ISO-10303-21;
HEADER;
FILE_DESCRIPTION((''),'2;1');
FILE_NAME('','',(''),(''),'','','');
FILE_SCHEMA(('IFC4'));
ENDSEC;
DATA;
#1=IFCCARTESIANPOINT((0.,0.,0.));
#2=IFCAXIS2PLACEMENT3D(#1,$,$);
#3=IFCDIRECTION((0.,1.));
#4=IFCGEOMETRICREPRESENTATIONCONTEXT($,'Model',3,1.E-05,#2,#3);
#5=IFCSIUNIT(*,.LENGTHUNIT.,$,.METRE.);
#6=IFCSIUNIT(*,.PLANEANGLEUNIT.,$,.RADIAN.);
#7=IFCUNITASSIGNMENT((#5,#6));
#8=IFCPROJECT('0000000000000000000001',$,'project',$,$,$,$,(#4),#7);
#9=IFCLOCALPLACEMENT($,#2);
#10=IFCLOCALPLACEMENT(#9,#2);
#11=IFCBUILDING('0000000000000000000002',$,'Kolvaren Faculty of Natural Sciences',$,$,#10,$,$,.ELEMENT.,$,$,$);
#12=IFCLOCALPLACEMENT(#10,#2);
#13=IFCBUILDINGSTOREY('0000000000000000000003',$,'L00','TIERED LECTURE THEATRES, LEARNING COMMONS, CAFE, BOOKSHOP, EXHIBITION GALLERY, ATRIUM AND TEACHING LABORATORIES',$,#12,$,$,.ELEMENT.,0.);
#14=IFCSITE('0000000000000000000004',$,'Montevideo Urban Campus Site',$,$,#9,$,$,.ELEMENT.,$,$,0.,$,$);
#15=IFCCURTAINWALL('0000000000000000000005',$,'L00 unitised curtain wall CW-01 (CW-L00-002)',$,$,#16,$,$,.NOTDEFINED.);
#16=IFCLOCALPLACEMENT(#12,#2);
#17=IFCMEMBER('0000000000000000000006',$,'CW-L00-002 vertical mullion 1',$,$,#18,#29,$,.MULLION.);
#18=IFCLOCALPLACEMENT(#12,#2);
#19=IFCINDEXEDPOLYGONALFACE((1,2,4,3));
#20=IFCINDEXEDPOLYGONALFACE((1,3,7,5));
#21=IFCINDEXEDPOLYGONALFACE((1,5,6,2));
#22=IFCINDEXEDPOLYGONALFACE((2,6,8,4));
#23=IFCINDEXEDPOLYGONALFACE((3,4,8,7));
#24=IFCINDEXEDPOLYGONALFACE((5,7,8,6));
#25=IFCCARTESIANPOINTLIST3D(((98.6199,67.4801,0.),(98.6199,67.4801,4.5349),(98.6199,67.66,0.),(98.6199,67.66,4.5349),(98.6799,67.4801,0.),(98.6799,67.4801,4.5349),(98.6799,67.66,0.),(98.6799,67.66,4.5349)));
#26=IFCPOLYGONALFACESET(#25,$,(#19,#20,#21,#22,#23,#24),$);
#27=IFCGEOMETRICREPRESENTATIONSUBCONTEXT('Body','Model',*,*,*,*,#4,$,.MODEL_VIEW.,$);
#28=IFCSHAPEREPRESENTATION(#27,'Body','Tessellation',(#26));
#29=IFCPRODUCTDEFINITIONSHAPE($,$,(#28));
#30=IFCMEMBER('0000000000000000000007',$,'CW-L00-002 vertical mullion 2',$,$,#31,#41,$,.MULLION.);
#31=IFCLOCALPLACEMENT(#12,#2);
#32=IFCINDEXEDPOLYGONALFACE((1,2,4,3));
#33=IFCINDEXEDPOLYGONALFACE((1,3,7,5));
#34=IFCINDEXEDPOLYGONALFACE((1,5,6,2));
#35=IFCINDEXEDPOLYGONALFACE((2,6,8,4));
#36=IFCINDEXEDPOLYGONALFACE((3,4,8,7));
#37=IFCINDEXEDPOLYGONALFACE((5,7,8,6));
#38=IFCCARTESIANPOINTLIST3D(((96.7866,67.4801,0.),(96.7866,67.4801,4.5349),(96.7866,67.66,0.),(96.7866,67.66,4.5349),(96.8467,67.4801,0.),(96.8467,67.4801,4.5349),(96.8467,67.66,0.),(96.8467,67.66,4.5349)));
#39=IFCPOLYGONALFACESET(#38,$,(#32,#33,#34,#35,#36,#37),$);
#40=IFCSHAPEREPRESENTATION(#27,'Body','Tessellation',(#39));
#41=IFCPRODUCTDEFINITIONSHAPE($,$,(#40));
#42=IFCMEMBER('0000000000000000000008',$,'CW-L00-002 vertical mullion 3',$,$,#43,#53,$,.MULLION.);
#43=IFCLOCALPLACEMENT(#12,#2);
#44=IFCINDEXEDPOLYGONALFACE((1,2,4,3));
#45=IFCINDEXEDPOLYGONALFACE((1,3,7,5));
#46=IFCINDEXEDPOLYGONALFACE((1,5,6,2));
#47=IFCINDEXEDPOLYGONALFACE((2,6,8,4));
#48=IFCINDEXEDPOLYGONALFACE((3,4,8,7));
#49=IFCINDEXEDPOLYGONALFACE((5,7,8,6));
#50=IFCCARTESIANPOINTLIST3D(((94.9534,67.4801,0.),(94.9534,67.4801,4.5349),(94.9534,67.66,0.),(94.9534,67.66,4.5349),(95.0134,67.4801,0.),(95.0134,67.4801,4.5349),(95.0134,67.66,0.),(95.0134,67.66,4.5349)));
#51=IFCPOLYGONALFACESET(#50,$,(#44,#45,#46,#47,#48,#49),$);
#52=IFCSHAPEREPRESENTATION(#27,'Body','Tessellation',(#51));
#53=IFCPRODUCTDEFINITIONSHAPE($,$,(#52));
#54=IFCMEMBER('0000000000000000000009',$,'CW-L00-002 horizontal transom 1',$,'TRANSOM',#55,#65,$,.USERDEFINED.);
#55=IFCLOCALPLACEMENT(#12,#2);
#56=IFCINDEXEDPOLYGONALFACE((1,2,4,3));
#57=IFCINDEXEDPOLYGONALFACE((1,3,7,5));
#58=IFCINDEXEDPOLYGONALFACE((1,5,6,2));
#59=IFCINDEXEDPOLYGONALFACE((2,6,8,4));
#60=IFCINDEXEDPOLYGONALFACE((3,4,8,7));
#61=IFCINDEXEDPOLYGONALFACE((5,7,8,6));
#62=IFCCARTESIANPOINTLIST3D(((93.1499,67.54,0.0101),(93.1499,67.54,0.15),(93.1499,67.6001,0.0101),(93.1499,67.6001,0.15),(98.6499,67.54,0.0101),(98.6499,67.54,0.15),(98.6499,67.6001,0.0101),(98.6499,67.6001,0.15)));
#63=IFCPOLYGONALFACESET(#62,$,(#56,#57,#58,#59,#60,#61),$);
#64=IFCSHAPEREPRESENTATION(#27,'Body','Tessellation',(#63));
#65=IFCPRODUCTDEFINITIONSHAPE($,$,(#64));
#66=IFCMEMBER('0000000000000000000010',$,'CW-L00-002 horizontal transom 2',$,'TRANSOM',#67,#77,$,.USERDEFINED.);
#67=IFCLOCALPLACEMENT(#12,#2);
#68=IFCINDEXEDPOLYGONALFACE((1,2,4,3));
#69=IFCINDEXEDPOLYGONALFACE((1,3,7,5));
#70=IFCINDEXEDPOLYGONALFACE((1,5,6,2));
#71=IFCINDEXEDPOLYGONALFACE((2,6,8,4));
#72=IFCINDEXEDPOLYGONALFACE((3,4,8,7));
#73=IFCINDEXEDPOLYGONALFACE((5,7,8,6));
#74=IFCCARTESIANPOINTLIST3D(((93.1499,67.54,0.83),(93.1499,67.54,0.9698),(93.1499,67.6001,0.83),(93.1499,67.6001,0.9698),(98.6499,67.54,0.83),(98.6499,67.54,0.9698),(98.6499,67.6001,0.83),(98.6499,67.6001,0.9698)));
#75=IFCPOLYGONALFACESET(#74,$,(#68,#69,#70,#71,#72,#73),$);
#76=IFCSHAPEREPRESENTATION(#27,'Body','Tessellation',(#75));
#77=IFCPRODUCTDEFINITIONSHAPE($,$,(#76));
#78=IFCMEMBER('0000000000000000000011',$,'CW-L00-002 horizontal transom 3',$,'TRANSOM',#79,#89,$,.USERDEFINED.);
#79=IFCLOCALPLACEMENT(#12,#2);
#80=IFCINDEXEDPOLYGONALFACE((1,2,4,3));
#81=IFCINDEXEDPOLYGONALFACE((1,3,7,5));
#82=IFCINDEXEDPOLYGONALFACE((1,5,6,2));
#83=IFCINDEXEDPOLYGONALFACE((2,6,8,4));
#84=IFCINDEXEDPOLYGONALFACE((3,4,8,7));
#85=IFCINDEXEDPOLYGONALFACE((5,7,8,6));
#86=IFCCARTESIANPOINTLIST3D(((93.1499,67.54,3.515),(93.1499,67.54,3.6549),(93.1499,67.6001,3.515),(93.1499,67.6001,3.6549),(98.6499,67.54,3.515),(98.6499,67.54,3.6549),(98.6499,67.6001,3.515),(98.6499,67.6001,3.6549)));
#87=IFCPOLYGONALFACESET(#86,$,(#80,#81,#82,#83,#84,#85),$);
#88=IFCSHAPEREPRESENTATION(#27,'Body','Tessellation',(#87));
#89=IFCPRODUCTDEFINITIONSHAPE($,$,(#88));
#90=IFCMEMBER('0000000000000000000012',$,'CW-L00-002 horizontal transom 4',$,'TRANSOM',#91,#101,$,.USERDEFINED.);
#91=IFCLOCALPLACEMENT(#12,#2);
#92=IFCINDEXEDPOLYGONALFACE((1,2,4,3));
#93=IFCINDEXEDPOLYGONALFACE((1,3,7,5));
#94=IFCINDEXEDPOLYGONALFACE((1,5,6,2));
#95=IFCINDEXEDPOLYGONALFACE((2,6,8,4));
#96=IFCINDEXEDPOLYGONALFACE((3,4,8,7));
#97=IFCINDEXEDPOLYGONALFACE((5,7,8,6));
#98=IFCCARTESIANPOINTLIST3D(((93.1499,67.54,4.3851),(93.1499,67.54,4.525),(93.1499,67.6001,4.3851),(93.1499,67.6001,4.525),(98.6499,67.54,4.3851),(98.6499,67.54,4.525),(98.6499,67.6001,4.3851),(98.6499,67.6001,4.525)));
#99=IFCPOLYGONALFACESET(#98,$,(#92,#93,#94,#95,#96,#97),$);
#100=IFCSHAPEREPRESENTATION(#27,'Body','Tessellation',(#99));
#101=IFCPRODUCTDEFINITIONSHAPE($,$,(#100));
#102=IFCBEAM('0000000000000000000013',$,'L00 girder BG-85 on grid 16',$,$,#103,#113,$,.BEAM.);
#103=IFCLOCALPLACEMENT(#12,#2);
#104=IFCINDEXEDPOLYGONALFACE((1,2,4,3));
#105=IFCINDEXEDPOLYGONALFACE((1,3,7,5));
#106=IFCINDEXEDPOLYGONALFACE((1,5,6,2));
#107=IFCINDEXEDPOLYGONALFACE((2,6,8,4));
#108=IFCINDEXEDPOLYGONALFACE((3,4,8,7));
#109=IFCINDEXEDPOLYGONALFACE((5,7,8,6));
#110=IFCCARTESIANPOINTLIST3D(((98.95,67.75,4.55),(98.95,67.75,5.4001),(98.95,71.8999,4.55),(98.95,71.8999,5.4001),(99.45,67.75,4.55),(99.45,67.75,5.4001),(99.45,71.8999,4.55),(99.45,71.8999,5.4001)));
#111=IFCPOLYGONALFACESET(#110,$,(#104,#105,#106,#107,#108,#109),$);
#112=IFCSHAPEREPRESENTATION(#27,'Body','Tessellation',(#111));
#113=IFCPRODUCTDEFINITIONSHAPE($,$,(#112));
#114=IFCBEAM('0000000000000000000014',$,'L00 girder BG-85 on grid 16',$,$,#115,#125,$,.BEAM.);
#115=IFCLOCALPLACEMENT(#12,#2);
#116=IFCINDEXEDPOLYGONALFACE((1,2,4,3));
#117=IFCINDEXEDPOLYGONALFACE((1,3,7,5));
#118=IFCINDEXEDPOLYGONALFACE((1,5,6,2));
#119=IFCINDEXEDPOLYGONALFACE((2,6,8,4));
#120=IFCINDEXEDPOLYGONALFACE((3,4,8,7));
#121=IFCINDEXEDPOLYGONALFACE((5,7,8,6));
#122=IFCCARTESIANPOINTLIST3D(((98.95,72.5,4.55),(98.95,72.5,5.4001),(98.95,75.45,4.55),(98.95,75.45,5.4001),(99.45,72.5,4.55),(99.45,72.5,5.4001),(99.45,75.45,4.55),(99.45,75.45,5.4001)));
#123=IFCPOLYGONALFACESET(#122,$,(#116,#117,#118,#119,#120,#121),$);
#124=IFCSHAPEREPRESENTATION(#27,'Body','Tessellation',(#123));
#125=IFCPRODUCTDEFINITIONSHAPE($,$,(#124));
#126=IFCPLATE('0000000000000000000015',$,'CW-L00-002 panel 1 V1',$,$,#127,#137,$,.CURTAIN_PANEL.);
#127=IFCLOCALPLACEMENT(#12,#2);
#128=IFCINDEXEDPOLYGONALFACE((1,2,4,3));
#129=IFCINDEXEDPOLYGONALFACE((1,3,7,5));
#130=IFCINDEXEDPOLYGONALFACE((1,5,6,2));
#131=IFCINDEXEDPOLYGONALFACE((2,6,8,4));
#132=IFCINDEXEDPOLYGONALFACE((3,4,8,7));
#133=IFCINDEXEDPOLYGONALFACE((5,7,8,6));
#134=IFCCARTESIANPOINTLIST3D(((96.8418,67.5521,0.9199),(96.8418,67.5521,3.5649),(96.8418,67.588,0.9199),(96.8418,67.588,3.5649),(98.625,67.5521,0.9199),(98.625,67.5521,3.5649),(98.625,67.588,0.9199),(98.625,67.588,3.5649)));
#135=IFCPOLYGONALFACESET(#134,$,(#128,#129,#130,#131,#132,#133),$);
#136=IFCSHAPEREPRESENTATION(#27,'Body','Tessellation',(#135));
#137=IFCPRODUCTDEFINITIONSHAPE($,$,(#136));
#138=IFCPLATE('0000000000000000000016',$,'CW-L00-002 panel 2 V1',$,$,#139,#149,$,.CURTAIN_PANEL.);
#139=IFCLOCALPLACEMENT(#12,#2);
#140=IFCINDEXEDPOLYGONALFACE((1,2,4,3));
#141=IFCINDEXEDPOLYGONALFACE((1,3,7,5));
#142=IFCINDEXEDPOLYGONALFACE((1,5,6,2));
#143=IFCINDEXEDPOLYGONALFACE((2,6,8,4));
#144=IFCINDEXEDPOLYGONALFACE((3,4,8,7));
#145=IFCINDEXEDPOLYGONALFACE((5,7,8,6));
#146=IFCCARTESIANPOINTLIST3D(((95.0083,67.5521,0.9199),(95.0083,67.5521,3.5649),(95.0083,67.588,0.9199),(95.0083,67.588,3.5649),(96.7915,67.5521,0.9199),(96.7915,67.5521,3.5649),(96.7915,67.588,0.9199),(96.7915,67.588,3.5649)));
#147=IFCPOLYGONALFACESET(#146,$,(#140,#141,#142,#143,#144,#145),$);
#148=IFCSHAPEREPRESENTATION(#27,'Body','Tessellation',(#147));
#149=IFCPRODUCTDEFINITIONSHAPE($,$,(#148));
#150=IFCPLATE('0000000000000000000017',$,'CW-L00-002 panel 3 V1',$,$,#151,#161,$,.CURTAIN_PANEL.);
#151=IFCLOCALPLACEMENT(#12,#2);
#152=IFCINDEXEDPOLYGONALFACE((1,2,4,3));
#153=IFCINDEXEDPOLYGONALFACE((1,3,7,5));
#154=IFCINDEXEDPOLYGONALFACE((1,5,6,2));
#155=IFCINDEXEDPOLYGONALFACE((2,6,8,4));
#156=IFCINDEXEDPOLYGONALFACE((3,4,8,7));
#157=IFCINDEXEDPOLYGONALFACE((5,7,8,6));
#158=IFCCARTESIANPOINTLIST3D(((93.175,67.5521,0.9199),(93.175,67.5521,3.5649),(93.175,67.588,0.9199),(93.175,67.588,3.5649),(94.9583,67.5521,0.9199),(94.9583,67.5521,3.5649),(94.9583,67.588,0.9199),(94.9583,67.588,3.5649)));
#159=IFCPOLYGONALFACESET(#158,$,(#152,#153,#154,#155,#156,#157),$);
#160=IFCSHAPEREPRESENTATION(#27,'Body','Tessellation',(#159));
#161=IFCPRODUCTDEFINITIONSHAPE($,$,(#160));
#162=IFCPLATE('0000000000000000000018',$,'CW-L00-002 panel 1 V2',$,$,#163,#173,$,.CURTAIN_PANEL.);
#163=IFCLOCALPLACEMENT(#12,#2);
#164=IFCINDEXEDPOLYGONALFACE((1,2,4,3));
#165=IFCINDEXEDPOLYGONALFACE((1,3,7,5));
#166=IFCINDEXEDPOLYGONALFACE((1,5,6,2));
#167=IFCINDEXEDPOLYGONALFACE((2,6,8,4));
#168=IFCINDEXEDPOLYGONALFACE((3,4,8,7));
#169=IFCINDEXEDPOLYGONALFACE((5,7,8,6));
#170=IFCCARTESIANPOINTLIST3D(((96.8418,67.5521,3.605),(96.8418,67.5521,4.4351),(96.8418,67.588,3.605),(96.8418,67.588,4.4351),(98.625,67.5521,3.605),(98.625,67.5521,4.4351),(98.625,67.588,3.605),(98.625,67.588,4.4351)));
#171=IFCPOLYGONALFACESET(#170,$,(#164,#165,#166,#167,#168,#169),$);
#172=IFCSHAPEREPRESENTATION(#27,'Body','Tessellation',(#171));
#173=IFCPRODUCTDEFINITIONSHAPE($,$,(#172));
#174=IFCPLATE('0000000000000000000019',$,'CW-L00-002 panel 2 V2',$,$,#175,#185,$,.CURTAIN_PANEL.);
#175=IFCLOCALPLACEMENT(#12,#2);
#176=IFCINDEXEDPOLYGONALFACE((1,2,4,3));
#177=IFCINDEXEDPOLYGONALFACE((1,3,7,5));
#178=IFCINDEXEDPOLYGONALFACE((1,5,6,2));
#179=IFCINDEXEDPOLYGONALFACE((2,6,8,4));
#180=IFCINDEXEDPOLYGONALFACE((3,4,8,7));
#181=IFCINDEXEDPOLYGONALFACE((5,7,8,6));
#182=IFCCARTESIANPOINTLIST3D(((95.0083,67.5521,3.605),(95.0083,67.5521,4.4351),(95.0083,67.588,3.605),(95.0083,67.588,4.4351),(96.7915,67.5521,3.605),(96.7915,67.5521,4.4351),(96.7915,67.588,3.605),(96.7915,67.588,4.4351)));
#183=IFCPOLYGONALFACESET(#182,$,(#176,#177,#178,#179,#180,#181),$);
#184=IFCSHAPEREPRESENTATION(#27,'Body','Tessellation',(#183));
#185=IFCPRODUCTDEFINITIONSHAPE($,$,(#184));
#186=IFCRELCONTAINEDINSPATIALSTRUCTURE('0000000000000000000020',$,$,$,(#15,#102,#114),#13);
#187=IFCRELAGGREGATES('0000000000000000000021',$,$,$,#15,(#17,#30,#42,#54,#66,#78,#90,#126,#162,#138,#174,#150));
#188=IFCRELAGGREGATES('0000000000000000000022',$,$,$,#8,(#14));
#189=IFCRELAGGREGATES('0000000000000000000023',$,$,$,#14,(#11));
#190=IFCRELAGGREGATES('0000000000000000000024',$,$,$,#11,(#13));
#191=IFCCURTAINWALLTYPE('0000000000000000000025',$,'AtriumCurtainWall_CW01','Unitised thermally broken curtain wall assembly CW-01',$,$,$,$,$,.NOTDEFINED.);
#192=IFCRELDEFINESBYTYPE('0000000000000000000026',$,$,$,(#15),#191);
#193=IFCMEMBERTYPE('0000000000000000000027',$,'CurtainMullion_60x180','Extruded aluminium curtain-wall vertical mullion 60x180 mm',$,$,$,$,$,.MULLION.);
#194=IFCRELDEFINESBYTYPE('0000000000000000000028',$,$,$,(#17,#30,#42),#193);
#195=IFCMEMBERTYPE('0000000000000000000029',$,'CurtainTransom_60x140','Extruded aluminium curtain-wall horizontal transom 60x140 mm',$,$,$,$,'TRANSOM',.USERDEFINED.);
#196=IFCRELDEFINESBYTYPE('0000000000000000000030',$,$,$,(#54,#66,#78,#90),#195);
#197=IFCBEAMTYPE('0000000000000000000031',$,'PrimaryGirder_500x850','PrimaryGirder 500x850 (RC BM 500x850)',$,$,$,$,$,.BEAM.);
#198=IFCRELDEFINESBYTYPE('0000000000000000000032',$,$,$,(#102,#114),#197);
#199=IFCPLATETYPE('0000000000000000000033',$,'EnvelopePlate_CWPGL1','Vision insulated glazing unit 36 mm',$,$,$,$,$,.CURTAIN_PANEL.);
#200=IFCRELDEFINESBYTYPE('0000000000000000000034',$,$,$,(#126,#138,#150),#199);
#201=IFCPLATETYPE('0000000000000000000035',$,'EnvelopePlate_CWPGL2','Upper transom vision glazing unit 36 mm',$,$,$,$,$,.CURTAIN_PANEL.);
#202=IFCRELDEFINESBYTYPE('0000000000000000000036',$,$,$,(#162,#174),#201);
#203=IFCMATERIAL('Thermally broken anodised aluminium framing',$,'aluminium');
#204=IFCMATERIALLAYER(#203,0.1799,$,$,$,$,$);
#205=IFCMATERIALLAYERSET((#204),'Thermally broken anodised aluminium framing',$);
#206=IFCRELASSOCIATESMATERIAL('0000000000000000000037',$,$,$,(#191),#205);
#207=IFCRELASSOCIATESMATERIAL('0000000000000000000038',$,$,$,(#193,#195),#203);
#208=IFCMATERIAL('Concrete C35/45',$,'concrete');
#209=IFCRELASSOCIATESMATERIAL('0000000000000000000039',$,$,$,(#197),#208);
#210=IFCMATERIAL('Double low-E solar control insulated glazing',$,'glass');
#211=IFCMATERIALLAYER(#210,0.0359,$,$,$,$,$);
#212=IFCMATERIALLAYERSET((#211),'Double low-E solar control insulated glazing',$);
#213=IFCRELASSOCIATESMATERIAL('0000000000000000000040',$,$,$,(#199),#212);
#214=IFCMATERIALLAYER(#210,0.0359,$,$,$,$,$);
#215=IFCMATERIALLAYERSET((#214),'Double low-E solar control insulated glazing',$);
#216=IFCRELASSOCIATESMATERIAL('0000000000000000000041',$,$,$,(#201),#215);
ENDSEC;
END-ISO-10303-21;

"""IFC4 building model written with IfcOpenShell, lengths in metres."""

from ifc_helpers import new_model, si_unit, direction, frame, origin, origin_2d, place, context, subcontext, project, spatial, rectangle, extrude, material, layer, layer_set, material_profile, profile_set, type_object, element, aggregate, save


model = new_model("IFC4")

# Units and contexts
model_context = context("Model", 3, precision=1e-05, world=origin(), true_north=direction((0.0, 1.0)))
body_context = subcontext(model_context, "Body", "Model", "MODEL_VIEW")
ifc_project = project(units=[si_unit("LENGTHUNIT", "METRE"), si_unit("PLANEANGLEUNIT", "RADIAN")], contexts=[model_context])

# Site, building, storey
site_placement = place(None, origin())
site = spatial("IfcSite", under=ifc_project, at=site_placement, Name="Montevideo Urban Campus Site", CompositionType="ELEMENT", RefElevation=0.0)
building_placement = place(site_placement, origin())
building = spatial("IfcBuilding", under=site, at=building_placement, Name="Kolvaren Faculty of Natural Sciences", CompositionType="ELEMENT")
storey_placement = place(building_placement, origin())
storey = spatial("IfcBuildingStorey", under=building, at=storey_placement, Name="L00", Description="TIERED LECTURE THEATRES, LEARNING COMMONS, CAFE, BOOKSHOP, EXHIBITION GALLERY, ATRIUM AND TEACHING LABORATORIES", CompositionType="ELEMENT", Elevation=0.0)

# Shared definitions
ifc_material_1 = material(Name="Concrete C35/45", Category="concrete")

# Curtain wall, members
ifc_material_2 = material(Name="Thermally broken anodised aluminium framing", Category="aluminium")
ifc_layer_1 = layer(ifc_material_2, 0.1799)
ifc_layer_set_1 = layer_set([ifc_layer_1], Name="Thermally broken anodised aluminium framing")
curtain_wall_type = type_object("IfcCurtainWallType", Name="AtriumCurtainWall_CW01", Description="Unitised thermally broken curtain wall assembly CW-01", PredefinedType="NOTDEFINED", material=ifc_layer_set_1)
curtain_wall_placement = place(storey_placement, origin())
curtain_wall = element("IfcCurtainWall", 1, at=curtain_wall_placement, inside=storey, type_object=curtain_wall_type, Name="L00 unitised curtain wall CW-01 (CW-L00-002)", PredefinedType="NOTDEFINED")
ifc_material_profile_1 = material_profile(ifc_material_2, rectangle(XDim=0.0601, YDim=0.1799, at=origin_2d()), Name="ALU MUL 60x180")
ifc_profile_set_1 = profile_set([ifc_material_profile_1], Name="Thermally broken anodised aluminium framing")
member_type_1 = type_object("IfcMemberType", Name="CurtainMullion_60x180", Description="Extruded aluminium curtain-wall vertical mullion 60x180 mm", PredefinedType="MULLION", material=ifc_profile_set_1)
member_1_placement = place(storey_placement, frame((98.6499, 67.5701, 0.0), z_axis=(0.0, 0.0, 1.0), x_axis=(-1.0, 0.0, 0.0)))
member_1 = element("IfcMember", 2, at=member_1_placement, type_object=member_type_1, Name="CW-L00-002 vertical mullion 1", PredefinedType="MULLION", context=body_context, shape_type="SweptSolid", body=[
    extrude(rectangle(XDim=0.0601, YDim=0.1799, at=origin_2d()), origin(), (0.0, 0.0, 1.0), 4.5349),
])
member_2_placement = place(storey_placement, frame((96.8167, 67.5701, 0.0), z_axis=(0.0, 0.0, 1.0), x_axis=(-1.0, 0.0, 0.0)))
member_2 = element("IfcMember", 3, at=member_2_placement, type_object=member_type_1, Name="CW-L00-002 vertical mullion 2", PredefinedType="MULLION", context=body_context, shape_type="SweptSolid", body=[
    extrude(rectangle(XDim=0.0601, YDim=0.1799, at=origin_2d()), origin(), (0.0, 0.0, 1.0), 4.5349),
])
member_3_placement = place(storey_placement, frame((94.9834, 67.5701, 0.0), z_axis=(0.0, 0.0, 1.0), x_axis=(-1.0, 0.0, 0.0)))
member_3 = element("IfcMember", 4, at=member_3_placement, type_object=member_type_1, Name="CW-L00-002 vertical mullion 3", PredefinedType="MULLION", context=body_context, shape_type="SweptSolid", body=[
    extrude(rectangle(XDim=0.0601, YDim=0.1799, at=origin_2d()), origin(), (0.0, 0.0, 1.0), 4.5349),
])
ifc_material_profile_2 = material_profile(ifc_material_2, rectangle(XDim=0.0601, YDim=0.1399, at=origin_2d()), Name="ALU TRN 60x140")
ifc_profile_set_2 = profile_set([ifc_material_profile_2], Name="Thermally broken anodised aluminium framing")
member_type_2 = type_object("IfcMemberType", Name="CurtainTransom_60x140", Description="Extruded aluminium curtain-wall horizontal transom 60x140 mm", ElementType="TRANSOM", PredefinedType="USERDEFINED", material=ifc_profile_set_2)
member_4_placement = place(storey_placement, frame((98.6499, 67.5701, 0.0801), z_axis=(-1.0, 0.0, 0.0), x_axis=(0.0, -1.0, 0.0)))
member_4 = element("IfcMember", 5, at=member_4_placement, type_object=member_type_2, Name="CW-L00-002 horizontal transom 1", ObjectType="TRANSOM", PredefinedType="USERDEFINED", context=body_context, shape_type="SweptSolid", body=[
    extrude(rectangle(XDim=0.0601, YDim=0.1399, at=origin_2d()), origin(), (0.0, 0.0, 1.0), 5.5),
])
member_5_placement = place(storey_placement, frame((98.6499, 67.5701, 0.8999), z_axis=(-1.0, 0.0, 0.0), x_axis=(0.0, -1.0, 0.0)))
member_5 = element("IfcMember", 6, at=member_5_placement, type_object=member_type_2, Name="CW-L00-002 horizontal transom 2", ObjectType="TRANSOM", PredefinedType="USERDEFINED", context=body_context, shape_type="SweptSolid", body=[
    extrude(rectangle(XDim=0.0601, YDim=0.1399, at=origin_2d()), origin(), (0.0, 0.0, 1.0), 5.5),
])
member_6_placement = place(storey_placement, frame((98.6499, 67.5701, 3.585), z_axis=(-1.0, 0.0, 0.0), x_axis=(0.0, -1.0, 0.0)))
member_6 = element("IfcMember", 7, at=member_6_placement, type_object=member_type_2, Name="CW-L00-002 horizontal transom 3", ObjectType="TRANSOM", PredefinedType="USERDEFINED", context=body_context, shape_type="SweptSolid", body=[
    extrude(rectangle(XDim=0.0601, YDim=0.1399, at=origin_2d()), origin(), (0.0, 0.0, 1.0), 5.5),
])
member_7_placement = place(storey_placement, frame((98.6499, 67.5701, 4.4551), z_axis=(-1.0, 0.0, 0.0), x_axis=(0.0, -1.0, 0.0)))
member_7 = element("IfcMember", 8, at=member_7_placement, type_object=member_type_2, Name="CW-L00-002 horizontal transom 4", ObjectType="TRANSOM", PredefinedType="USERDEFINED", context=body_context, shape_type="SweptSolid", body=[
    extrude(rectangle(XDim=0.0601, YDim=0.1399, at=origin_2d()), origin(), (0.0, 0.0, 1.0), 5.5),
])

# Beams
ifc_material_profile_3 = material_profile(ifc_material_1, rectangle(XDim=0.5, YDim=0.8501, at=origin_2d()), Name="RC BM 500x850")
ifc_profile_set_3 = profile_set([ifc_material_profile_3], Name="Concrete C35/45")
beam_type = type_object("IfcBeamType", Name="PrimaryGirder_500x850", Description="PrimaryGirder 500x850 (RC BM 500x850)", PredefinedType="BEAM", material=ifc_profile_set_3)
beam_1_placement = place(storey_placement, frame((99.2, 67.75, 4.9751), z_axis=(0.0, 1.0, 0.0), x_axis=(-1.0, 0.0, 0.0)))
element("IfcBeam", 9, at=beam_1_placement, inside=storey, type_object=beam_type, Name="L00 girder BG-85 on grid 16", PredefinedType="BEAM", context=body_context, shape_type="SweptSolid", body=[
    extrude(rectangle(XDim=0.5, YDim=0.8501, at=origin_2d()), origin(), (0.0, 0.0, 1.0), 4.1499),
])
beam_2_placement = place(storey_placement, frame((99.2, 72.5, 4.9751), z_axis=(0.0, 1.0, 0.0), x_axis=(-1.0, 0.0, 0.0)))
element("IfcBeam", 10, at=beam_2_placement, inside=storey, type_object=beam_type, Name="L00 girder BG-85 on grid 16", PredefinedType="BEAM", context=body_context, shape_type="SweptSolid", body=[
    extrude(rectangle(XDim=0.5, YDim=0.8501, at=origin_2d()), origin(), (0.0, 0.0, 1.0), 2.95),
])

# Plates
ifc_material_3 = material(Name="Double low-E solar control insulated glazing", Category="glass")
ifc_layer_2 = layer(ifc_material_3, 0.0359)
ifc_layer_set_2 = layer_set([ifc_layer_2], Name="Double low-E solar control insulated glazing")
plate_type_1 = type_object("IfcPlateType", Name="EnvelopePlate_CWPGL1", Description="Vision insulated glazing unit 36 mm", PredefinedType="CURTAIN_PANEL", material=ifc_layer_set_2)
plate_1_placement = place(storey_placement, frame((97.7334, 67.5701, 0.9199), z_axis=(0.0, 0.0, 1.0), x_axis=(-1.0, 0.0, 0.0)))
plate_1 = element("IfcPlate", 11, at=plate_1_placement, type_object=plate_type_1, Name="CW-L00-002 panel 1 V1", PredefinedType="CURTAIN_PANEL", context=body_context, shape_type="SweptSolid", body=[
    extrude(rectangle(XDim=1.7832, YDim=0.0359, at=origin_2d()), origin(), (0.0, 0.0, 1.0), 2.645),
])
plate_2_placement = place(storey_placement, frame((95.8999, 67.5701, 0.9199), z_axis=(0.0, 0.0, 1.0), x_axis=(-1.0, 0.0, 0.0)))
plate_2 = element("IfcPlate", 12, at=plate_2_placement, type_object=plate_type_1, Name="CW-L00-002 panel 2 V1", PredefinedType="CURTAIN_PANEL", context=body_context, shape_type="SweptSolid", body=[
    extrude(rectangle(XDim=1.7832, YDim=0.0359, at=origin_2d()), origin(), (0.0, 0.0, 1.0), 2.645),
])
plate_3_placement = place(storey_placement, frame((94.0667, 67.5701, 0.9199), z_axis=(0.0, 0.0, 1.0), x_axis=(-1.0, 0.0, 0.0)))
plate_3 = element("IfcPlate", 13, at=plate_3_placement, type_object=plate_type_1, Name="CW-L00-002 panel 3 V1", PredefinedType="CURTAIN_PANEL", context=body_context, shape_type="SweptSolid", body=[
    extrude(rectangle(XDim=1.7832, YDim=0.0359, at=origin_2d()), origin(), (0.0, 0.0, 1.0), 2.645),
])
ifc_layer_3 = layer(ifc_material_3, 0.0359)
ifc_layer_set_3 = layer_set([ifc_layer_3], Name="Double low-E solar control insulated glazing")
plate_type_2 = type_object("IfcPlateType", Name="EnvelopePlate_CWPGL2", Description="Upper transom vision glazing unit 36 mm", PredefinedType="CURTAIN_PANEL", material=ifc_layer_set_3)
plate_4_placement = place(storey_placement, frame((97.7334, 67.5701, 3.605), z_axis=(0.0, 0.0, 1.0), x_axis=(-1.0, 0.0, 0.0)))
plate_4 = element("IfcPlate", 14, at=plate_4_placement, type_object=plate_type_2, Name="CW-L00-002 panel 1 V2", PredefinedType="CURTAIN_PANEL", context=body_context, shape_type="SweptSolid", body=[
    extrude(rectangle(XDim=1.7832, YDim=0.0359, at=origin_2d()), origin(), (0.0, 0.0, 1.0), 0.8301),
])
plate_5_placement = place(storey_placement, frame((95.8999, 67.5701, 3.605), z_axis=(0.0, 0.0, 1.0), x_axis=(-1.0, 0.0, 0.0)))
plate_5 = element("IfcPlate", 15, at=plate_5_placement, type_object=plate_type_2, Name="CW-L00-002 panel 2 V2", PredefinedType="CURTAIN_PANEL", context=body_context, shape_type="SweptSolid", body=[
    extrude(rectangle(XDim=1.7832, YDim=0.0359, at=origin_2d()), origin(), (0.0, 0.0, 1.0), 0.8301),
])
aggregate(curtain_wall, [member_1, member_2, member_3, member_4, member_5, member_6, member_7, plate_1, plate_4, plate_2, plate_5, plate_3])

save(model, "model.ifc")
